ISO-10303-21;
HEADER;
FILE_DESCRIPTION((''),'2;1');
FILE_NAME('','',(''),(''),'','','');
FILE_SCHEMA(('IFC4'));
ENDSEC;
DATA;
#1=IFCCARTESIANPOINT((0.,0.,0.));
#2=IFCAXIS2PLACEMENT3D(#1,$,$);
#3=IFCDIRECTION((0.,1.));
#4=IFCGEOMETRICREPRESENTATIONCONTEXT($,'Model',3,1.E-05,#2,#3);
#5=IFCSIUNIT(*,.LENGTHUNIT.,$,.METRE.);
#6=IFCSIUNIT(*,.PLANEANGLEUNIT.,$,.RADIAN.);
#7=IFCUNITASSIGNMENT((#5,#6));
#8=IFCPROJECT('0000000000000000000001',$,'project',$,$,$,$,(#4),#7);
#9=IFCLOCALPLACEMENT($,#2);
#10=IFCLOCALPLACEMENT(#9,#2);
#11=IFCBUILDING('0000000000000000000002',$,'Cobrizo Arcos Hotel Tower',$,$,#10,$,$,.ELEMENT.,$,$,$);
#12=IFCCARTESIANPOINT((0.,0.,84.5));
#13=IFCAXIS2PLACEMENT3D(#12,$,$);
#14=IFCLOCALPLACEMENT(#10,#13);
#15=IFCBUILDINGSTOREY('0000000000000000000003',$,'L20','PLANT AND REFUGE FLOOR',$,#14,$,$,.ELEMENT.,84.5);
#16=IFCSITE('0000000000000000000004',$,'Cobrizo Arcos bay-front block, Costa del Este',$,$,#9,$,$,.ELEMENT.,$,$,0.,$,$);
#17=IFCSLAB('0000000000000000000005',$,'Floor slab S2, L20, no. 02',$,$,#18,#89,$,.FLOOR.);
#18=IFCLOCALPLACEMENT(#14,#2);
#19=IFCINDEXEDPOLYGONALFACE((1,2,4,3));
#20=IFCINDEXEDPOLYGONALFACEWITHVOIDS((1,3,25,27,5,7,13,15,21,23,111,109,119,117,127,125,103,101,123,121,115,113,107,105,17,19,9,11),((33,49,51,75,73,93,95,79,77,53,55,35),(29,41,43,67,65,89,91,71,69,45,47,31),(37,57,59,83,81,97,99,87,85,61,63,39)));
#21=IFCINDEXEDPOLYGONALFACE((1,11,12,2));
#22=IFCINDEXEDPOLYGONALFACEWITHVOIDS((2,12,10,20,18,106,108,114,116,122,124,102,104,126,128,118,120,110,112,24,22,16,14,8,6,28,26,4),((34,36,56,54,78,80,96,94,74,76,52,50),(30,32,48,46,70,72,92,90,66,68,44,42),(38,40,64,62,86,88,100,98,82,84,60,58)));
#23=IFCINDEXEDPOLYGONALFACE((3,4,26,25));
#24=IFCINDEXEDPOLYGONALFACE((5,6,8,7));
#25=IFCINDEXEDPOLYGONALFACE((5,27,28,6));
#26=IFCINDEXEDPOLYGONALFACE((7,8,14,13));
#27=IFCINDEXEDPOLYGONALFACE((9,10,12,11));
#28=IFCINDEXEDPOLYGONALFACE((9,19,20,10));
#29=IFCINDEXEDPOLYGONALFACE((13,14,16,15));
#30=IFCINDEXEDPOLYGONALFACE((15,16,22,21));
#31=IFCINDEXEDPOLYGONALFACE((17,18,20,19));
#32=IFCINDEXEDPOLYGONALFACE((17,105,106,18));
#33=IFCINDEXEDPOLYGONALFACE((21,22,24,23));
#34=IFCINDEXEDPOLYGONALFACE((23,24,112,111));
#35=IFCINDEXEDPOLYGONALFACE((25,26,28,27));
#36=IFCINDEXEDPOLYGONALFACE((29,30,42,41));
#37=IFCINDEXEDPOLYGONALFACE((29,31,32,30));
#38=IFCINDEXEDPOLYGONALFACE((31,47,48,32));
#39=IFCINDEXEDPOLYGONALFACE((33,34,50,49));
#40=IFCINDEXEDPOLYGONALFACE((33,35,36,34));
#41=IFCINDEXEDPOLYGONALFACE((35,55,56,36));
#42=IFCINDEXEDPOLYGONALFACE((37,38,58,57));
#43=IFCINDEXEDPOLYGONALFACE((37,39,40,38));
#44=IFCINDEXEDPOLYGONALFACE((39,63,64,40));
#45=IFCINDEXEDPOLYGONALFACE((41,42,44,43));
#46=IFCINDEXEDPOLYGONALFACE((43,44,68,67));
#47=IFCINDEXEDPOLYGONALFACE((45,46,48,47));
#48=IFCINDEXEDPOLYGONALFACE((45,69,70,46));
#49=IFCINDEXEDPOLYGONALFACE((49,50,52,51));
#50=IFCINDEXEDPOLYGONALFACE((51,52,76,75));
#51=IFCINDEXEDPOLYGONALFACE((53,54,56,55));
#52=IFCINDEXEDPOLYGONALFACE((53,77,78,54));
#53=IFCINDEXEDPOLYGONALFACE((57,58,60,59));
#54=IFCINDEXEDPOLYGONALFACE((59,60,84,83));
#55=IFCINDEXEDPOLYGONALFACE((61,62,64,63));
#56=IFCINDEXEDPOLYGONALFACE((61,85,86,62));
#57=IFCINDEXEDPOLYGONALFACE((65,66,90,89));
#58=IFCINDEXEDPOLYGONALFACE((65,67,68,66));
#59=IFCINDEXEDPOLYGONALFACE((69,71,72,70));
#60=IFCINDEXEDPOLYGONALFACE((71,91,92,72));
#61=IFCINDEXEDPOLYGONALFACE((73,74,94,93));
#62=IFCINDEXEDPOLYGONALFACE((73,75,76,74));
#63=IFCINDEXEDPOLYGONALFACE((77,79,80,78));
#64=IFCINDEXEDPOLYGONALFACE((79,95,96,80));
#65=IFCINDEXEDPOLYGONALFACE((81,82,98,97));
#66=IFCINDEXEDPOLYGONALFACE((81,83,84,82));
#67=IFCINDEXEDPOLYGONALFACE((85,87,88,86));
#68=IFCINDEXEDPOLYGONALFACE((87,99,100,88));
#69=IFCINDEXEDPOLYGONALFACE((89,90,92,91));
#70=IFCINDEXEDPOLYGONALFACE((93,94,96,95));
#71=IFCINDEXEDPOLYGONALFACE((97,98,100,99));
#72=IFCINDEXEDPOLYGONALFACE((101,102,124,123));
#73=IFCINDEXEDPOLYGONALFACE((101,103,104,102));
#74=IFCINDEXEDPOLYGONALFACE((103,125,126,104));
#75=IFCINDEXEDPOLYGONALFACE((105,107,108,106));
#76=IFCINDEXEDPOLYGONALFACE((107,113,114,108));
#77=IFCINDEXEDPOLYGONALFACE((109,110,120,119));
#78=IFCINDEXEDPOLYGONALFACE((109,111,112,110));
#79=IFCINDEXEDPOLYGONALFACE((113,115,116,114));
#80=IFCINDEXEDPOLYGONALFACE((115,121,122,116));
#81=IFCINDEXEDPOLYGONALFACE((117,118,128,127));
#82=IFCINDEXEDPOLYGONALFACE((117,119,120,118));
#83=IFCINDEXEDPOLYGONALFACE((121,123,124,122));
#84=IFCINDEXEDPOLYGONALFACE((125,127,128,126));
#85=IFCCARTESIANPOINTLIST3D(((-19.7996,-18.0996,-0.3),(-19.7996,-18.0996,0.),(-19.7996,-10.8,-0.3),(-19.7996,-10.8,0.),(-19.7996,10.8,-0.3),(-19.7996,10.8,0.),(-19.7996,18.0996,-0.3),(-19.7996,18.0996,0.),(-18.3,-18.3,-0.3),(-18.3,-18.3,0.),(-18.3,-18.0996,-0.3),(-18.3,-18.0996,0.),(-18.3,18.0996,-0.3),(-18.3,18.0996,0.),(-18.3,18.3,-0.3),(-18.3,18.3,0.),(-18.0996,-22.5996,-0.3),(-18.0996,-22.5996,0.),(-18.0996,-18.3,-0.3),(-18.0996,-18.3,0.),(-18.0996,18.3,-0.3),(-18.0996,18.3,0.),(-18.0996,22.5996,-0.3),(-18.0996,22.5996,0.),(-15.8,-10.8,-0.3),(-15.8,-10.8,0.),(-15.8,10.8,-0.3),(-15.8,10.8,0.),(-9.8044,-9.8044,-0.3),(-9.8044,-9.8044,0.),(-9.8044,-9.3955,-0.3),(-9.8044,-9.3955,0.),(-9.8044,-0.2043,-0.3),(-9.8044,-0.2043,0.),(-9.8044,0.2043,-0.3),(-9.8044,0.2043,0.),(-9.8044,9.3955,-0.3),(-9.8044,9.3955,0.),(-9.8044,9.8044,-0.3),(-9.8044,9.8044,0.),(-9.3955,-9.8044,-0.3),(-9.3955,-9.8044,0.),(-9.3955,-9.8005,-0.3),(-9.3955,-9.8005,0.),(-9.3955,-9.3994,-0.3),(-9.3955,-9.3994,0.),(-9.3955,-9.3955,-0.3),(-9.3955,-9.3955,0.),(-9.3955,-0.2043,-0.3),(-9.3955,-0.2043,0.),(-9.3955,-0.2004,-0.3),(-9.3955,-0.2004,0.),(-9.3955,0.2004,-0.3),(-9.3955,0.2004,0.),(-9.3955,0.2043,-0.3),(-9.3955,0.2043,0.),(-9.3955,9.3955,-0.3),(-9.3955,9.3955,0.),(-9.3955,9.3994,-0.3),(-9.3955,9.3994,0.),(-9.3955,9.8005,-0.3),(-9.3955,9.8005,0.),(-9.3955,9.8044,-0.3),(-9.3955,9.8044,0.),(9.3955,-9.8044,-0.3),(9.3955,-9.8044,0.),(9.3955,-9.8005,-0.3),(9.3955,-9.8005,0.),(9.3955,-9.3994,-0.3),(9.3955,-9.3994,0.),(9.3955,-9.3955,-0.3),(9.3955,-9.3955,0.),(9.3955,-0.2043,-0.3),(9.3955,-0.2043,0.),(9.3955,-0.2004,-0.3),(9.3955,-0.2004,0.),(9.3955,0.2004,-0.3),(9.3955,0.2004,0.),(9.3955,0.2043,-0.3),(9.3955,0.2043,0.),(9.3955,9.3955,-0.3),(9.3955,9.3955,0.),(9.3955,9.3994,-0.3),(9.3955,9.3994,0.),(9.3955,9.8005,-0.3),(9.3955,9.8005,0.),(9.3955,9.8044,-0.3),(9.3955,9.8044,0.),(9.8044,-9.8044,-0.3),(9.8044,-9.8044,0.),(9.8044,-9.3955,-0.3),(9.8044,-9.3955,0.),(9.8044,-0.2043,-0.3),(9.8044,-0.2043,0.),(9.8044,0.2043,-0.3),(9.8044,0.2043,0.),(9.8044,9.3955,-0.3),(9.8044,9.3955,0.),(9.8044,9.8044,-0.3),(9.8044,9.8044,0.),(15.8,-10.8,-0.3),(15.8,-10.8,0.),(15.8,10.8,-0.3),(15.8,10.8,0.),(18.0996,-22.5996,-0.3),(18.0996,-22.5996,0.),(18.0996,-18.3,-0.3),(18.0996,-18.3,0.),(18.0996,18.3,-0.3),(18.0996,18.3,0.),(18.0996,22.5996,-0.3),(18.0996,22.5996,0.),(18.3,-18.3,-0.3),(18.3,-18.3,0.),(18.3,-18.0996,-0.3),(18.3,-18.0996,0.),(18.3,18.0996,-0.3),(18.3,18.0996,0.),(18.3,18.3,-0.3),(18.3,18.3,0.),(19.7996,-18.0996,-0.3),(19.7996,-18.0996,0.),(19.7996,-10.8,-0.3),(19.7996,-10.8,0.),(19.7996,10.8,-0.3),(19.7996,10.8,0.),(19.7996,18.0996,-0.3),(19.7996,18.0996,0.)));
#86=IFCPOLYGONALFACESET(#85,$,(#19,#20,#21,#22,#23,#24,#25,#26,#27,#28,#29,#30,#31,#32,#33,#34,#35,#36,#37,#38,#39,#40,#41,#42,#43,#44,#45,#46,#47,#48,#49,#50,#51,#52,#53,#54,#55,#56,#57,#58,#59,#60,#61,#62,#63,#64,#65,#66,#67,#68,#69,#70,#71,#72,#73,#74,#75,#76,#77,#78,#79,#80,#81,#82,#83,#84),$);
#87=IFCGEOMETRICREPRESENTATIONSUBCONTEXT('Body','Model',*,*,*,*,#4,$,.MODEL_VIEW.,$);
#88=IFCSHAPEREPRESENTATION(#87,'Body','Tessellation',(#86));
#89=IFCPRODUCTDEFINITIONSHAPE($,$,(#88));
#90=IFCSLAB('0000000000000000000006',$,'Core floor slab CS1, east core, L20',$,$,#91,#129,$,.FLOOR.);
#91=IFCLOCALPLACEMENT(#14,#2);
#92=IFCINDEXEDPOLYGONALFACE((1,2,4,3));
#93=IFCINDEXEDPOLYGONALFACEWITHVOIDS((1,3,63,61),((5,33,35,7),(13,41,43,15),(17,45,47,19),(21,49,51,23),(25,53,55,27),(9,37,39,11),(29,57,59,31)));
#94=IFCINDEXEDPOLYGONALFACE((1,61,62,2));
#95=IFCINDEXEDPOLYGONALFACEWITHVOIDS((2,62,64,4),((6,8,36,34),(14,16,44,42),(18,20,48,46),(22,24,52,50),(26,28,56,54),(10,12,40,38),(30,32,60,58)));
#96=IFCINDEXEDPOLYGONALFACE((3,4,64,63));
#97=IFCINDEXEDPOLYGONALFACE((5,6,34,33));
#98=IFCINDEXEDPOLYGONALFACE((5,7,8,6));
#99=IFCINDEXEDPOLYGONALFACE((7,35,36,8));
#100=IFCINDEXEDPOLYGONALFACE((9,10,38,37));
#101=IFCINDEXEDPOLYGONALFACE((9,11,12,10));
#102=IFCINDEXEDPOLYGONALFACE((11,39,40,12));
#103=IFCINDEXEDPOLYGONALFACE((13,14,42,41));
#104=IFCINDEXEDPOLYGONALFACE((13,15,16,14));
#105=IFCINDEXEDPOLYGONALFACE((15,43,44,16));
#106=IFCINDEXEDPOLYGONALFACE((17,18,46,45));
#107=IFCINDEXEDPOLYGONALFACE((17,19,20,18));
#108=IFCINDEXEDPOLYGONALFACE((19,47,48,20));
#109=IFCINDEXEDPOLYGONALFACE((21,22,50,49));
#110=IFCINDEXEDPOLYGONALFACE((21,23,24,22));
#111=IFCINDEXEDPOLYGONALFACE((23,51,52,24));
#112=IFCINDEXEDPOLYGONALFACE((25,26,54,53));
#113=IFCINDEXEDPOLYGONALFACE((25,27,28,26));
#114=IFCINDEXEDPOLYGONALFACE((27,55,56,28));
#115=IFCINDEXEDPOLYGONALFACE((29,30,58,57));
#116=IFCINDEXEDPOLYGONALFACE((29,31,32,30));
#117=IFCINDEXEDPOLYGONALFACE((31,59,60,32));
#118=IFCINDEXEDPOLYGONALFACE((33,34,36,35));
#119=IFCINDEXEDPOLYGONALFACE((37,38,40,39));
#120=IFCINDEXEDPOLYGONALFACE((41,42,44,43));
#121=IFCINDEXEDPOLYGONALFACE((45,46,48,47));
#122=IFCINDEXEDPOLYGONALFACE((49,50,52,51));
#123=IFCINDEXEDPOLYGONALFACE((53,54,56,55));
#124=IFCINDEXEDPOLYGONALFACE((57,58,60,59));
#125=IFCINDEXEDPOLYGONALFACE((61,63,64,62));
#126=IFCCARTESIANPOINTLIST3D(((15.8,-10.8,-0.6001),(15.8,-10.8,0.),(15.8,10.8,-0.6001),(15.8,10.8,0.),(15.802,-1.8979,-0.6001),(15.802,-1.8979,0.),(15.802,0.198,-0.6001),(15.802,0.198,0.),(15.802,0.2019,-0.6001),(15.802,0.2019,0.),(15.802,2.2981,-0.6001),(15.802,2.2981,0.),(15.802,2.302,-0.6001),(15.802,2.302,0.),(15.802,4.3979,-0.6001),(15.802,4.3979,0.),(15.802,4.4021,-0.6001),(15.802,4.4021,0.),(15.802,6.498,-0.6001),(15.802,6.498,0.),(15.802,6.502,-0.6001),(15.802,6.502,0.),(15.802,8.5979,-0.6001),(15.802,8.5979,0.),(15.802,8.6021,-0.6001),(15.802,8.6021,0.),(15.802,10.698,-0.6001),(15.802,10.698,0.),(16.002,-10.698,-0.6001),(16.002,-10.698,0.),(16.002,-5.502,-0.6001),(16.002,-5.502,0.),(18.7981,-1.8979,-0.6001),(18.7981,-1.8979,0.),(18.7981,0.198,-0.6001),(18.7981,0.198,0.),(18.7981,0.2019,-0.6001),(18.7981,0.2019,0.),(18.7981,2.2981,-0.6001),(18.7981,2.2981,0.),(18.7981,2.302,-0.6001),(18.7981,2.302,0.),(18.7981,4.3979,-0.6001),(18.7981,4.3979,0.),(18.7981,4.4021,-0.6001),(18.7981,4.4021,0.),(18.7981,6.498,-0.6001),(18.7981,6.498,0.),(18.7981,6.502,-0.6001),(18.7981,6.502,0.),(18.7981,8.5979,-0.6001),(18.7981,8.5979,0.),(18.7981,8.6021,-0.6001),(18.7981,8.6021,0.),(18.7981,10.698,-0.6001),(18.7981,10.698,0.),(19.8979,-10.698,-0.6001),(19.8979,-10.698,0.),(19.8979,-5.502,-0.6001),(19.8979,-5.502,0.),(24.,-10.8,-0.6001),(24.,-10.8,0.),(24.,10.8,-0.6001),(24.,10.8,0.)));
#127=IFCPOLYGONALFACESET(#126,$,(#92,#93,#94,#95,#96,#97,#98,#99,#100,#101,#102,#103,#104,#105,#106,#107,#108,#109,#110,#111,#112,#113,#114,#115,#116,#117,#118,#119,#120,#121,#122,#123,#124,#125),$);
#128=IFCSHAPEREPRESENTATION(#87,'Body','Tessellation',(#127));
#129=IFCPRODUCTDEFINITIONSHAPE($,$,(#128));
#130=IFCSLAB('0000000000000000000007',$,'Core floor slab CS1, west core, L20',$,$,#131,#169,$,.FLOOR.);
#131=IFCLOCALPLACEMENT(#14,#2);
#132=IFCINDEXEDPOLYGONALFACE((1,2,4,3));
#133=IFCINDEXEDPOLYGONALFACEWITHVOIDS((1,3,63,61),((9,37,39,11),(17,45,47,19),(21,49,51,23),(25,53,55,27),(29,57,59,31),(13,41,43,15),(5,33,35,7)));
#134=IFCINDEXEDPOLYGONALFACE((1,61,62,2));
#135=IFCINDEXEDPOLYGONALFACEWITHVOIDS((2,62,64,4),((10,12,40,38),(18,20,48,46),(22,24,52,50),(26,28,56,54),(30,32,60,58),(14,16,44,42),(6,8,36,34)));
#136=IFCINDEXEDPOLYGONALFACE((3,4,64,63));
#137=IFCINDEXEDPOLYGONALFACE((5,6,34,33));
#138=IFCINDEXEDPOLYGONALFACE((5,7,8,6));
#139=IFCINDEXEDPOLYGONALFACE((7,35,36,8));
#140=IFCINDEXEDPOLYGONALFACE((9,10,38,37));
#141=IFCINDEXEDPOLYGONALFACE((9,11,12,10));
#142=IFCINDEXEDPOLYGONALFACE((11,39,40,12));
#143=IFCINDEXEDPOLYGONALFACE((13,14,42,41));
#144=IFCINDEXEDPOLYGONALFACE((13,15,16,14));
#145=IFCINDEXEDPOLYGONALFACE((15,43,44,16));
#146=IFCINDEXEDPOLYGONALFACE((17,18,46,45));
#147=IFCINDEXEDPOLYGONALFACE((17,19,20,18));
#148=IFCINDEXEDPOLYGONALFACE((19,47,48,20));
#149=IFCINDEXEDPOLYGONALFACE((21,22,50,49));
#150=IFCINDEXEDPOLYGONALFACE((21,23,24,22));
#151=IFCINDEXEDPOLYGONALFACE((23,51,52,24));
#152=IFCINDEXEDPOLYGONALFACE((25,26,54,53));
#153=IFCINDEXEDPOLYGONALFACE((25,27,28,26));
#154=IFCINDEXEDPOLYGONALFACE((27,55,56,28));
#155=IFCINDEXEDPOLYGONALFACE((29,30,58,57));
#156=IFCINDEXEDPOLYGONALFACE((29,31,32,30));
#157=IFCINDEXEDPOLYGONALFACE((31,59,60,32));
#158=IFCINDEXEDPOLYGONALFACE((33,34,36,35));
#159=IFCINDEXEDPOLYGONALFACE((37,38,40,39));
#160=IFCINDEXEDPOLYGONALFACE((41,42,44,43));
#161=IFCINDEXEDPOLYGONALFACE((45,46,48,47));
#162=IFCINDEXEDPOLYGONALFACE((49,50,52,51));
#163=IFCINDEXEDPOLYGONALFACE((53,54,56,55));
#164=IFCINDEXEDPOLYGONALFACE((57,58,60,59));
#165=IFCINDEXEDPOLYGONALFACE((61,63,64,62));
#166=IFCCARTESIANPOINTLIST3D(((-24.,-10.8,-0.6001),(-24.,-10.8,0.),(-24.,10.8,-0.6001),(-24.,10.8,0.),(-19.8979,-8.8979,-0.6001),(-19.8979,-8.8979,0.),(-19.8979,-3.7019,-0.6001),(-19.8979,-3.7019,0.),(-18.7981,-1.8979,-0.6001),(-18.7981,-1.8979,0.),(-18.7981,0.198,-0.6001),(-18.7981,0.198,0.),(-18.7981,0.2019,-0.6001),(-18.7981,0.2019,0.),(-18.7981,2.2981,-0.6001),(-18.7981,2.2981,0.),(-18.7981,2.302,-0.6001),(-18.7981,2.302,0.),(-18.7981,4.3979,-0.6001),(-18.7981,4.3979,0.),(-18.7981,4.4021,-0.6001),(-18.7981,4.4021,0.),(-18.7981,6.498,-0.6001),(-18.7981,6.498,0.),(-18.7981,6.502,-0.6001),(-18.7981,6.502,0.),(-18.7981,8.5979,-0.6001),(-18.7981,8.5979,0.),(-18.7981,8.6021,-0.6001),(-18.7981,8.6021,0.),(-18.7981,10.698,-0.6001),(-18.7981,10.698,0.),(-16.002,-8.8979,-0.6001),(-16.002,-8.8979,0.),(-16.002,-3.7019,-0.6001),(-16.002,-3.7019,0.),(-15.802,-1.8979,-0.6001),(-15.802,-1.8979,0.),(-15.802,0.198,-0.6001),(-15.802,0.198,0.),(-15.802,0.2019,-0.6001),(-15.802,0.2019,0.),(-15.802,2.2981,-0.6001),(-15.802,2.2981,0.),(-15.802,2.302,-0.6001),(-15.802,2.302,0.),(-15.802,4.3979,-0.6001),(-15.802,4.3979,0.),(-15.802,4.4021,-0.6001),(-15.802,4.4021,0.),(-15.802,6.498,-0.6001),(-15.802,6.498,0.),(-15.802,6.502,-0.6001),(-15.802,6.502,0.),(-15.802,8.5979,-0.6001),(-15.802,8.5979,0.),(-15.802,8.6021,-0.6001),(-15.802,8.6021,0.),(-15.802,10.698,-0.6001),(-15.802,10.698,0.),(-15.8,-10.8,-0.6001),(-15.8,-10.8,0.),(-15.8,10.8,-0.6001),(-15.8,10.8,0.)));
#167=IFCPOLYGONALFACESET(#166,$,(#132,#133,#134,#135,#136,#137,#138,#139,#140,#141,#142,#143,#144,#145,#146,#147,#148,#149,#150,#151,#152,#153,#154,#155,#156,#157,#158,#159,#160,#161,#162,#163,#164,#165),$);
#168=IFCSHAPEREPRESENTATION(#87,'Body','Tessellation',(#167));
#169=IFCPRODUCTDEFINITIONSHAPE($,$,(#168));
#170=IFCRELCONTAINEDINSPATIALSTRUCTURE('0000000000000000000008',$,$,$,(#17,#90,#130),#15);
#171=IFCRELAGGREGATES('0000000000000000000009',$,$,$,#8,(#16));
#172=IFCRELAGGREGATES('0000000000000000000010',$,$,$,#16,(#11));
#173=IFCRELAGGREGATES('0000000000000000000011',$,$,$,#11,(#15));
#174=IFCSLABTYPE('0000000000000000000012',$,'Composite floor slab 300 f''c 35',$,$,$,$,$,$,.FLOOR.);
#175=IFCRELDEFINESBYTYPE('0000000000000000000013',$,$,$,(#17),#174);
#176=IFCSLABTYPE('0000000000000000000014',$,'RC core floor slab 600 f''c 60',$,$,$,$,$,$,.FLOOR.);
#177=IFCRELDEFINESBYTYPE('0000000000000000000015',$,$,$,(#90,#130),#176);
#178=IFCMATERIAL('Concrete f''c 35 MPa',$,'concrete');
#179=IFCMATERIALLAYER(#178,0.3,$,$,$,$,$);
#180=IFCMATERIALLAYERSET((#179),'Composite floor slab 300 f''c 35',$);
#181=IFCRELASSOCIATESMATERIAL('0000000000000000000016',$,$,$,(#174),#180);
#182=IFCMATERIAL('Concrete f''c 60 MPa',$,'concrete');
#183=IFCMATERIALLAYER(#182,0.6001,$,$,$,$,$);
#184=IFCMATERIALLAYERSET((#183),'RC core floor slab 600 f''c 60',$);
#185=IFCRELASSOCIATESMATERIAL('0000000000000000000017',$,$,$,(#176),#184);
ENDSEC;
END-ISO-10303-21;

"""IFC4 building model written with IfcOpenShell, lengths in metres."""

from ifc_helpers import new_model, si_unit, direction, frame, origin, place, context, subcontext, project, spatial, polyline, outline, extrude, material, layer, layer_set, type_object, element, save


model = new_model("IFC4")

# Units and contexts
model_context = context("Model", 3, precision=1e-05, world=origin(), true_north=direction((0.0, 1.0)))
body_context = subcontext(model_context, "Body", "Model", "MODEL_VIEW")
ifc_project = project(units=[si_unit("LENGTHUNIT", "METRE"), si_unit("PLANEANGLEUNIT", "RADIAN")], contexts=[model_context])

# Site, building, storey
site_placement = place(None, origin())
site = spatial("IfcSite", under=ifc_project, at=site_placement, Name="Cobrizo Arcos bay-front block, Costa del Este", CompositionType="ELEMENT", RefElevation=0.0)
building_placement = place(site_placement, origin())
building = spatial("IfcBuilding", under=site, at=building_placement, Name="Cobrizo Arcos Hotel Tower", CompositionType="ELEMENT")
storey_placement = place(building_placement, frame((0.0, 0.0, 84.5)))
storey = spatial("IfcBuildingStorey", under=building, at=storey_placement, Name="L20", Description="PLANT AND REFUGE FLOOR", CompositionType="ELEMENT", Elevation=84.5)

# Slabs
ifc_material_1 = material(Name="Concrete f'c 35 MPa", Category="concrete")
ifc_layer_1 = layer(ifc_material_1, 0.3)
ifc_layer_set_1 = layer_set([ifc_layer_1], Name="Composite floor slab 300 f'c 35")
slab_type_1 = type_object("IfcSlabType", Name="Composite floor slab 300 f'c 35", PredefinedType="FLOOR", material=ifc_layer_set_1)
slab_1_placement = place(storey_placement, frame((0.0, 0.0, -0.3)))
element("IfcSlab", 1, at=slab_1_placement, inside=storey, type_object=slab_type_1, Name="Floor slab S2, L20, no. 02", PredefinedType="FLOOR", context=body_context, shape_type="SweptSolid", body=[
    extrude(outline(polyline([(-18.0996, 22.5996), (18.0996, 22.5996), (18.0996, 18.3), (18.3, 18.3), (18.3, 18.0996), (19.7996, 18.0996), (19.7996, 10.8), (15.8, 10.8), (15.8, -10.8), (19.7996, -10.8), (19.7996, -18.0996), (18.3, -18.0996), (18.3, -18.3), (18.0996, -18.3), (18.0996, -22.5996), (-18.0996, -22.5996), (-18.0996, -18.3), (-18.3, -18.3), (-18.3, -18.0996), (-19.7996, -18.0996), (-19.7996, -10.8), (-15.8, -10.8), (-15.8, 10.8), (-19.7996, 10.8), (-19.7996, 18.0996), (-18.3, 18.0996), (-18.3, 18.3), (-18.0996, 18.3), (-18.0996, 22.5996)]), holes=[polyline([(-9.8044, -9.8044), (-9.3955, -9.8044), (-9.3955, -9.8005), (9.3955, -9.8005), (9.3955, -9.8044), (9.8044, -9.8044), (9.8044, -9.3955), (9.3955, -9.3955), (9.3955, -9.3994), (-9.3955, -9.3994), (-9.3955, -9.3955), (-9.8044, -9.3955), (-9.8044, -9.8044)]), polyline([(-9.8044, 0.2043), (-9.8044, -0.2043), (-9.3955, -0.2043), (-9.3955, -0.2004), (9.3955, -0.2004), (9.3955, -0.2043), (9.8044, -0.2043), (9.8044, 0.2043), (9.3955, 0.2043), (9.3955, 0.2004), (-9.3955, 0.2004), (-9.3955, 0.2043), (-9.8044, 0.2043)]), polyline([(-9.3955, 9.8005), (-9.3955, 9.8044), (-9.8044, 9.8044), (-9.8044, 9.3955), (-9.3955, 9.3955), (-9.3955, 9.3994), (9.3955, 9.3994), (9.3955, 9.3955), (9.8044, 9.3955), (9.8044, 9.8044), (9.3955, 9.8044), (9.3955, 9.8005), (-9.3955, 9.8005)])]), origin(), (0.0, 0.0, 1.0), 0.3),
])
ifc_material_2 = material(Name="Concrete f'c 60 MPa", Category="concrete")
ifc_layer_2 = layer(ifc_material_2, 0.6001)
ifc_layer_set_2 = layer_set([ifc_layer_2], Name="RC core floor slab 600 f'c 60")
slab_type_2 = type_object("IfcSlabType", Name="RC core floor slab 600 f'c 60", PredefinedType="FLOOR", material=ifc_layer_set_2)
slab_2_placement = place(storey_placement, frame((0.0, 0.0, -0.6001)))
element("IfcSlab", 2, at=slab_2_placement, inside=storey, type_object=slab_type_2, Name="Core floor slab CS1, east core, L20", PredefinedType="FLOOR", context=body_context, shape_type="SweptSolid", body=[
    extrude(outline(polyline([(15.8, 10.8), (24.0, 10.8), (24.0, -10.8), (15.8, -10.8), (15.8, 10.8)]), holes=[polyline([(19.8979, -10.698), (19.8979, -5.502), (16.002, -5.502), (16.002, -10.698), (19.8979, -10.698)]), polyline([(15.802, 0.198), (15.802, -1.8979), (18.7981, -1.8979), (18.7981, 0.198), (15.802, 0.198)]), polyline([(18.7981, 2.2981), (15.802, 2.2981), (15.802, 0.2019), (18.7981, 0.2019), (18.7981, 2.2981)]), polyline([(18.7981, 4.3979), (15.802, 4.3979), (15.802, 2.302), (18.7981, 2.302), (18.7981, 4.3979)]), polyline([(15.802, 6.498), (15.802, 4.4021), (18.7981, 4.4021), (18.7981, 6.498), (15.802, 6.498)]), polyline([(18.7981, 8.5979), (15.802, 8.5979), (15.802, 6.502), (18.7981, 6.502), (18.7981, 8.5979)]), polyline([(18.7981, 10.698), (15.802, 10.698), (15.802, 8.6021), (18.7981, 8.6021), (18.7981, 10.698)])]), origin(), (0.0, 0.0, 1.0), 0.6001),
])
slab_3_placement = place(storey_placement, frame((0.0, 0.0, -0.6001)))
element("IfcSlab", 3, at=slab_3_placement, inside=storey, type_object=slab_type_2, Name="Core floor slab CS1, west core, L20", PredefinedType="FLOOR", context=body_context, shape_type="SweptSolid", body=[
    extrude(outline(polyline([(-24.0, 10.8), (-15.8, 10.8), (-15.8, -10.8), (-24.0, -10.8), (-24.0, 10.8)]), holes=[polyline([(-19.8979, -3.7019), (-19.8979, -8.8979), (-16.002, -8.8979), (-16.002, -3.7019), (-19.8979, -3.7019)]), polyline([(-18.7981, 0.198), (-18.7981, -1.8979), (-15.802, -1.8979), (-15.802, 0.198), (-18.7981, 0.198)]), polyline([(-15.802, 2.2981), (-18.7981, 2.2981), (-18.7981, 0.2019), (-15.802, 0.2019), (-15.802, 2.2981)]), polyline([(-15.802, 4.3979), (-18.7981, 4.3979), (-18.7981, 2.302), (-15.802, 2.302), (-15.802, 4.3979)]), polyline([(-18.7981, 6.498), (-18.7981, 4.4021), (-15.802, 4.4021), (-15.802, 6.498), (-18.7981, 6.498)]), polyline([(-15.802, 8.5979), (-18.7981, 8.5979), (-18.7981, 6.502), (-15.802, 6.502), (-15.802, 8.5979)]), polyline([(-15.802, 10.698), (-18.7981, 10.698), (-18.7981, 8.6021), (-15.802, 8.6021), (-15.802, 10.698)])]), origin(), (0.0, 0.0, 1.0), 0.6001),
])

save(model, "model.ifc")
